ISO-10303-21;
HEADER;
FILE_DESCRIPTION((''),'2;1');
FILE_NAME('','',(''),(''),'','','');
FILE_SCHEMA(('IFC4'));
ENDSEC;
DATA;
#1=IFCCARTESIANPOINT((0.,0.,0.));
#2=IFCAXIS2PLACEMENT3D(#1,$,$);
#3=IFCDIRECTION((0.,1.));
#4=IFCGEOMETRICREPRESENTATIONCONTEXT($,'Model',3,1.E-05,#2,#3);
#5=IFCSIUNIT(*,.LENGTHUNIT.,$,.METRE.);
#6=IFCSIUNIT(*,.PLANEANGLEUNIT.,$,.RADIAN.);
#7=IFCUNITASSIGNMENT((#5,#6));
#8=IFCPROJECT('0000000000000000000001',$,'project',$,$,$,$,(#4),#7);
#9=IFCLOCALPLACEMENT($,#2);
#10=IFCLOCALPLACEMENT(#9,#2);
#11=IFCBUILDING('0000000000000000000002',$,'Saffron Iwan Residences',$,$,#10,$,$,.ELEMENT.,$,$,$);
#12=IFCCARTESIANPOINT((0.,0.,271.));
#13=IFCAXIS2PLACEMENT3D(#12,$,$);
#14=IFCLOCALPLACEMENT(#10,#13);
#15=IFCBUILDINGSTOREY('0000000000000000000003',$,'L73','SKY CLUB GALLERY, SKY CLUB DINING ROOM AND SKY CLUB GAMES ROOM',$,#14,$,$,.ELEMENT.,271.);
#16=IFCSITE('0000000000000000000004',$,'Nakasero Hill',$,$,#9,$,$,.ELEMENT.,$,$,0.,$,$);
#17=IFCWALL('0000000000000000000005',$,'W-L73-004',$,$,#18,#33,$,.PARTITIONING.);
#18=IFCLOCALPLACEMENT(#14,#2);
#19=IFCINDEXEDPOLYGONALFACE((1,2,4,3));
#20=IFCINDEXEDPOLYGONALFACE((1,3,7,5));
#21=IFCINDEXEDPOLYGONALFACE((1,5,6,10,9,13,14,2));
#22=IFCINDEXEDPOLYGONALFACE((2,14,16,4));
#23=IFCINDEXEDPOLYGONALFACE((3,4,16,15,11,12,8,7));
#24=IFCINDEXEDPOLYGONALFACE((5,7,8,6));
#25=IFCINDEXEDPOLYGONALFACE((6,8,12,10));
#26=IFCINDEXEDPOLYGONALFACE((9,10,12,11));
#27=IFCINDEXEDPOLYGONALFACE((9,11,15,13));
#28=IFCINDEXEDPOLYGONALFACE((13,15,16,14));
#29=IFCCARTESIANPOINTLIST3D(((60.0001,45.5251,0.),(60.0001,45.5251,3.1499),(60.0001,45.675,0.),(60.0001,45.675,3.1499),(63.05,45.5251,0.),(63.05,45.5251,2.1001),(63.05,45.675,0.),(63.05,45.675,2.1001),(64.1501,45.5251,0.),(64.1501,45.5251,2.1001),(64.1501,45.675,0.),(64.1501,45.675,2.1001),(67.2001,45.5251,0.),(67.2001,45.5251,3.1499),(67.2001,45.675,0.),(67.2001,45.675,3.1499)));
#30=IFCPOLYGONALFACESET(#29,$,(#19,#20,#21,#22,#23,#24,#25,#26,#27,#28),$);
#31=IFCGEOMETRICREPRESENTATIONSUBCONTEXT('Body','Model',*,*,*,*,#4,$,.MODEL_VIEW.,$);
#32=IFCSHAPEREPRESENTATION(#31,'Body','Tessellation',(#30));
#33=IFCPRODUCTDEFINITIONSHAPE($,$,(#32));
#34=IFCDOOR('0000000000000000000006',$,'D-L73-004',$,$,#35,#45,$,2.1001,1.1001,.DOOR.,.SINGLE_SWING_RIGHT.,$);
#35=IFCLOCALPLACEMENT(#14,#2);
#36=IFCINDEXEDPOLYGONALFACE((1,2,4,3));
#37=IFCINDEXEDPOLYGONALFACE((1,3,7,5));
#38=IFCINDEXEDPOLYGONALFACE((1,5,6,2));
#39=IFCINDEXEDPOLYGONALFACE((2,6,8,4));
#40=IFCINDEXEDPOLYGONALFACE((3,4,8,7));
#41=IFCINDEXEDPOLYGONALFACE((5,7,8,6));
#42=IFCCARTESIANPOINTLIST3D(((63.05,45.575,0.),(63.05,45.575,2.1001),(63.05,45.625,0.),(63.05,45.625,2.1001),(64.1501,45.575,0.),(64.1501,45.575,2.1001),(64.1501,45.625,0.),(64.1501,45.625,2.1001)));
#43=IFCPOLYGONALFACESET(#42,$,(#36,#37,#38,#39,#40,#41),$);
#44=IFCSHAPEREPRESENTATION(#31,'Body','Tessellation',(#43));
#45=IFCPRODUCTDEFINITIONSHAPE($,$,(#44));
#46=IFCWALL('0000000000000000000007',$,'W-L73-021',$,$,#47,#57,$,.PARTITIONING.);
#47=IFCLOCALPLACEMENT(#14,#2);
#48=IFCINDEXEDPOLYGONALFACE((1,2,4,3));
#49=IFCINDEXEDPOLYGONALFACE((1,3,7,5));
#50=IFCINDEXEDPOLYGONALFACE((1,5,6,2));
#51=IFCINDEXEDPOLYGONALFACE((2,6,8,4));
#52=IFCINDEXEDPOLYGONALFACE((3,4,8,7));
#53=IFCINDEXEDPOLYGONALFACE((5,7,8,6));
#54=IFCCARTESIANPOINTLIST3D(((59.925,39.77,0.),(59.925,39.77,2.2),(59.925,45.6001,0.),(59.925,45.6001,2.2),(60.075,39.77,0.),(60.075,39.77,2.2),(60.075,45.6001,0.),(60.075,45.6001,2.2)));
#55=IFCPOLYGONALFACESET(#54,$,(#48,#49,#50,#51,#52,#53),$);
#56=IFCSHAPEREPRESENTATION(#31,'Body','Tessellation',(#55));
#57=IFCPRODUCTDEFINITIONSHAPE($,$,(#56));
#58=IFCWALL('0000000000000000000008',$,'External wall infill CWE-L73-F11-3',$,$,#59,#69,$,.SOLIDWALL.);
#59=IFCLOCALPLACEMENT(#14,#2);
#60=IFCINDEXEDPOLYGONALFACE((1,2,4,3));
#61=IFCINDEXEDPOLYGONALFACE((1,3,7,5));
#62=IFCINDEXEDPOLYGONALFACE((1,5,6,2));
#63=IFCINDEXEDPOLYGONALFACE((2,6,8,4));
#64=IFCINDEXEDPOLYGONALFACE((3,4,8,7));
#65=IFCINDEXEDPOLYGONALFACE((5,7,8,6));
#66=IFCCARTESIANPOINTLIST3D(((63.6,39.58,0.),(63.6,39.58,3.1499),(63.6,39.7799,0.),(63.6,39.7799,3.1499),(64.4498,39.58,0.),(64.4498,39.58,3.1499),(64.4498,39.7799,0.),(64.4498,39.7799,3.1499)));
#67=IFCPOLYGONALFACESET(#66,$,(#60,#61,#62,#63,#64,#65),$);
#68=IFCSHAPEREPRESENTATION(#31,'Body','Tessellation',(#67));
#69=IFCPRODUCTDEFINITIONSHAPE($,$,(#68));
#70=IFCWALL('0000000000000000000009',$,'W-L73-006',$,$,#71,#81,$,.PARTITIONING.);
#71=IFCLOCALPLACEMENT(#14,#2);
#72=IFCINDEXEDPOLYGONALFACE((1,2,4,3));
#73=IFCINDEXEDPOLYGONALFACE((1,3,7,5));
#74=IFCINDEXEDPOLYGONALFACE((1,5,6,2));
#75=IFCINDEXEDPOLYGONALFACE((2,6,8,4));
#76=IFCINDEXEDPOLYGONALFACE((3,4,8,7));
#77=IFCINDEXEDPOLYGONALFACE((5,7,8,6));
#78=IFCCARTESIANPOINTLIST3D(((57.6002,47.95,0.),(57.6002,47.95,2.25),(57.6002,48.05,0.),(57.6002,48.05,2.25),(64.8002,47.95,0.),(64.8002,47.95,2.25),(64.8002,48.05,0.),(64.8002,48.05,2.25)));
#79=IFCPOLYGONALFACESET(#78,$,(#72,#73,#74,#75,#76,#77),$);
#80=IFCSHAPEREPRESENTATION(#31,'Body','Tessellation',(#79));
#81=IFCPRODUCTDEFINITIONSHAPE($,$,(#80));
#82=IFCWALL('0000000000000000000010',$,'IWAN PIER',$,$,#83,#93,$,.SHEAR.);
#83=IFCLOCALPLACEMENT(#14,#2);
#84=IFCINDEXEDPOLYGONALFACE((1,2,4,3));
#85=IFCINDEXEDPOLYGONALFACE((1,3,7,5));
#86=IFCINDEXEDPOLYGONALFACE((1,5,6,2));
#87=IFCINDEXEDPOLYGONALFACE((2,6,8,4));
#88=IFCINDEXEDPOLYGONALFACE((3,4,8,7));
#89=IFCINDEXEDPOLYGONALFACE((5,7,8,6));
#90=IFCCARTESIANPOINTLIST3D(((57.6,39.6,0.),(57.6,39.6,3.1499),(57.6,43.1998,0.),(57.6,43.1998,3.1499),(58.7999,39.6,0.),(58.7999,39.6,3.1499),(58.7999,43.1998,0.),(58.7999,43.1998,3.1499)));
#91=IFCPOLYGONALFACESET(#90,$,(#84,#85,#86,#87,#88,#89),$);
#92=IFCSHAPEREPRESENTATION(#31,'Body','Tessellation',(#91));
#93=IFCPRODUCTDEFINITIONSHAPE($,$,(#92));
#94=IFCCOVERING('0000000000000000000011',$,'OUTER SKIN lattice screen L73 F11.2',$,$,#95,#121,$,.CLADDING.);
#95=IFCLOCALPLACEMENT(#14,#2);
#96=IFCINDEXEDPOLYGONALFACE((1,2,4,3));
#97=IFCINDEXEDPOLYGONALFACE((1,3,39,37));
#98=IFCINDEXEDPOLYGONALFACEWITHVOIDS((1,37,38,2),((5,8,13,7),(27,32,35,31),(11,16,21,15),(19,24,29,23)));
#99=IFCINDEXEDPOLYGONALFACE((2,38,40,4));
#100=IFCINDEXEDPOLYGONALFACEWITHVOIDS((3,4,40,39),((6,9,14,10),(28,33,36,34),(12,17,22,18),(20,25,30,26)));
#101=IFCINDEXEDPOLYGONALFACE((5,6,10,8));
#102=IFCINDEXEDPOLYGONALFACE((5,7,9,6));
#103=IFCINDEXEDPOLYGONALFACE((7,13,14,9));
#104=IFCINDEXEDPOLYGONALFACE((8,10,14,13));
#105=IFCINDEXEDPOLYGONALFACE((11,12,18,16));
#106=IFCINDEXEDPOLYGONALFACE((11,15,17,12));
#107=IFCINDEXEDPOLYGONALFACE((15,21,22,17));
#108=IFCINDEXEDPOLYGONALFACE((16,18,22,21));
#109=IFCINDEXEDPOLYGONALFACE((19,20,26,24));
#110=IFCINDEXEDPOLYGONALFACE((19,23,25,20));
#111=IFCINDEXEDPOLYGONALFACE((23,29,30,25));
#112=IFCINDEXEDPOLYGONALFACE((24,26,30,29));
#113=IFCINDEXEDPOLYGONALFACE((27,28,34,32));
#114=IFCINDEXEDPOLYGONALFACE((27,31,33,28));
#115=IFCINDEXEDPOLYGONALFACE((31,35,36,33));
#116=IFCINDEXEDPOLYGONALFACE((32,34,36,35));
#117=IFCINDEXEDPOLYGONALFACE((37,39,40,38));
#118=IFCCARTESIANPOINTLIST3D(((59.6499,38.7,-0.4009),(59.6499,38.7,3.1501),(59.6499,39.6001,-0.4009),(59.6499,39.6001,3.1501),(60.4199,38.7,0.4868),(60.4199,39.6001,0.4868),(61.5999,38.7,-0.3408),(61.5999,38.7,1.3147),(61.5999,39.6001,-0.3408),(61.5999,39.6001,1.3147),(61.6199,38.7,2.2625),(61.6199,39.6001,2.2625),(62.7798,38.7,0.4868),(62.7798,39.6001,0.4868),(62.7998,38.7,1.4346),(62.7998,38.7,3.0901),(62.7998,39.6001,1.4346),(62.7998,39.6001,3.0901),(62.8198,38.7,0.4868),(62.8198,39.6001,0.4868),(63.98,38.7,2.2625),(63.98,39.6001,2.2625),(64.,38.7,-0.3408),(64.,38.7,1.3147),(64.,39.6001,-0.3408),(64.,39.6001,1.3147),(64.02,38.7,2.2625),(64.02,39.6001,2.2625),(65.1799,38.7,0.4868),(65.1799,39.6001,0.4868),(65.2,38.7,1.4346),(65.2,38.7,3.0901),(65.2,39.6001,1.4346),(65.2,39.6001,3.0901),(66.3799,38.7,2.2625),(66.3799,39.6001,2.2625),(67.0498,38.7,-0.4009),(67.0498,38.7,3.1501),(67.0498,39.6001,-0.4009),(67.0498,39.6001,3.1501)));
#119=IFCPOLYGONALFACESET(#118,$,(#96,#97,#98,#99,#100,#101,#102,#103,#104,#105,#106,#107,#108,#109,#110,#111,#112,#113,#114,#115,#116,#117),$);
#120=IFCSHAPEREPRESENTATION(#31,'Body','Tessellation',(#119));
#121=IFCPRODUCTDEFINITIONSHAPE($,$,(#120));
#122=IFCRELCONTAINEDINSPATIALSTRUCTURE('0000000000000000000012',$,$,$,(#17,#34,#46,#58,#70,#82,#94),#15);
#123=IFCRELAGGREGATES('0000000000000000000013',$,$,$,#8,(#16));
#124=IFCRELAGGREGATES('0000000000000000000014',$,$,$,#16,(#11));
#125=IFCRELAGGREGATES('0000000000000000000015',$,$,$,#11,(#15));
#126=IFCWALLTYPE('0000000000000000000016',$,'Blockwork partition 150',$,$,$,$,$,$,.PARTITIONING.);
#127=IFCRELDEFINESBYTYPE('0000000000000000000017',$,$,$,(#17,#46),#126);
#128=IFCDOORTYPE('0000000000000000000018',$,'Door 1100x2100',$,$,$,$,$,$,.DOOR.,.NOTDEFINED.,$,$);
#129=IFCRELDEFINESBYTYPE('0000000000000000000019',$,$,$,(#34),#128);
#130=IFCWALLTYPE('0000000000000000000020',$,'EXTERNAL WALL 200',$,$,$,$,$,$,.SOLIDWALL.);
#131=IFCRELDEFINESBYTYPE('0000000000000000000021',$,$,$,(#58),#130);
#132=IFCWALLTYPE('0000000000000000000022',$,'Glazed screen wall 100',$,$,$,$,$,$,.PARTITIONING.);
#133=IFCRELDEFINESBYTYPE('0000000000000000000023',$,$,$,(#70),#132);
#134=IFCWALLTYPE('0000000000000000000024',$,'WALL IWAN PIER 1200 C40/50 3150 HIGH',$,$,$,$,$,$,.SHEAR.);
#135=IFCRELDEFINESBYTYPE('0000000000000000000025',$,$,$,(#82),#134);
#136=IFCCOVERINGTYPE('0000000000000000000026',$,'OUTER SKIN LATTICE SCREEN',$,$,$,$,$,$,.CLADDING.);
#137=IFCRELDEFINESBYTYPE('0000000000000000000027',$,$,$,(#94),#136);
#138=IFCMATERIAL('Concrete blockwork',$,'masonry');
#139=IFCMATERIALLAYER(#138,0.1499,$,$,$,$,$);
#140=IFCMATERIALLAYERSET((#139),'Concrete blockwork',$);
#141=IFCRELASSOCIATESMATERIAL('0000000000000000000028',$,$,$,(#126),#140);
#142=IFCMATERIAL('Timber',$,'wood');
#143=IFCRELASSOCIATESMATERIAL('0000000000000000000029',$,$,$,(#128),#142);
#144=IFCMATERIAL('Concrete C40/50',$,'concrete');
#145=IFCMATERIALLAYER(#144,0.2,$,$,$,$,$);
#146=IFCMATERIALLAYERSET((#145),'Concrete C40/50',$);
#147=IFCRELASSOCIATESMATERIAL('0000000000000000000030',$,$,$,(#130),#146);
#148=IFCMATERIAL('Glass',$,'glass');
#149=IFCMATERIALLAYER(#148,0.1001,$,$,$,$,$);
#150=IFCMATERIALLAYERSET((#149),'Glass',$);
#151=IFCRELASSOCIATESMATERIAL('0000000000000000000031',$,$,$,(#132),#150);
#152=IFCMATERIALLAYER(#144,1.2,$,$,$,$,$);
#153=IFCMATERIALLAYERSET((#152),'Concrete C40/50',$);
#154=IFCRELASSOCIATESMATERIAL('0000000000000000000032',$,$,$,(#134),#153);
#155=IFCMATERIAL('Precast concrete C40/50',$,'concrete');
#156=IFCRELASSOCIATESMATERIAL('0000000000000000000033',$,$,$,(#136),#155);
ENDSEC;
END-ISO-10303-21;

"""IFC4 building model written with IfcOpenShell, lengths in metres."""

from ifc_helpers import new_model, si_unit, direction, frame, frame_2d, origin, place, context, subcontext, project, spatial, polyline, rectangle, outline, extrude, material, layer, layer_set, type_object, element, fill, save


model = new_model("IFC4")

# Units and contexts
model_context = context("Model", 3, precision=1e-05, world=origin(), true_north=direction((0.0, 1.0)))
body_context = subcontext(model_context, "Body", "Model", "MODEL_VIEW")
ifc_project = project(units=[si_unit("LENGTHUNIT", "METRE"), si_unit("PLANEANGLEUNIT", "RADIAN")], contexts=[model_context])

# Site, building, storey
site_placement = place(None, origin())
site = spatial("IfcSite", under=ifc_project, at=site_placement, Name="Nakasero Hill", CompositionType="ELEMENT", RefElevation=0.0)
building_placement = place(site_placement, origin())
building = spatial("IfcBuilding", under=site, at=building_placement, Name="Saffron Iwan Residences", CompositionType="ELEMENT")
storey_placement = place(building_placement, frame((0.0, 0.0, 271.0)))
storey = spatial("IfcBuildingStorey", under=building, at=storey_placement, Name="L73", Description="SKY CLUB GALLERY, SKY CLUB DINING ROOM AND SKY CLUB GAMES ROOM", CompositionType="ELEMENT", Elevation=271.0)

# Shared definitions
ifc_material_1 = material(Name="Concrete C40/50", Category="concrete")

# Wall, opening, door
ifc_material_2 = material(Name="Concrete blockwork", Category="masonry")
ifc_layer_1 = layer(ifc_material_2, 0.1499)
ifc_layer_set_1 = layer_set([ifc_layer_1], Name="Concrete blockwork")
wall_type_1 = type_object("IfcWallType", Name="Blockwork partition 150", PredefinedType="PARTITIONING", material=ifc_layer_set_1)
wall_1_placement = place(storey_placement, frame((60.0, 45.6001, 0.0), z_axis=(0.0, 0.0, 1.0), x_axis=(1.0, 0.0, 0.0)))
wall_1 = element("IfcWall", 1, at=wall_1_placement, inside=storey, type_object=wall_type_1, Name="W-L73-004", PredefinedType="PARTITIONING", context=body_context, shape_type="SweptSolid", body=[
    extrude(rectangle(XDim=7.2, YDim=0.1499, at=frame_2d((3.6001, 0.0))), origin(), (0.0, 0.0, 1.0), 3.1499),
])
opening_placement = place(wall_1_placement, frame((3.05, 0.0, 0.0)))
opening = element("IfcOpeningElement", 2, at=opening_placement, cuts=wall_1, PredefinedType="OPENING", context=body_context, shape_type="SweptSolid", body=[
    extrude(rectangle(XDim=1.1001, YDim=2.1001, at=frame_2d((0.55, 1.05))), frame((0.0, 0.085, 0.0), z_axis=(0.0, -1.0, 0.0), x_axis=(1.0, 0.0, 0.0)), (0.0, 0.0, 1.0), 0.1699),
])
ifc_material_3 = material(Name="Timber", Category="wood")
door_type = type_object("IfcDoorType", Name="Door 1100x2100", OperationType="NOTDEFINED", PredefinedType="DOOR", material=ifc_material_3)
door_placement = place(opening_placement, origin())
door = element("IfcDoor", 3, at=door_placement, inside=storey, type_object=door_type, Name="D-L73-004", OperationType="SINGLE_SWING_RIGHT", OverallHeight=2.1001, OverallWidth=1.1001, PredefinedType="DOOR", context=body_context, shape_type="SweptSolid", body=[
    extrude(rectangle(XDim=1.1001, YDim=2.1001, at=frame_2d((0.55, 1.05))), frame((0.0, 0.0249, 0.0), z_axis=(0.0, -1.0, 0.0), x_axis=(1.0, 0.0, 0.0)), (0.0, 0.0, 1.0), 0.05),
])
fill(opening, door)

# Walls
wall_2_placement = place(storey_placement, frame((60.0, 39.77, 0.0), z_axis=(0.0, 0.0, 1.0), x_axis=(0.0, 1.0, 0.0)))
element("IfcWall", 4, at=wall_2_placement, inside=storey, type_object=wall_type_1, Name="W-L73-021", PredefinedType="PARTITIONING", context=body_context, shape_type="SweptSolid", body=[
    extrude(rectangle(XDim=5.8301, YDim=0.1499, at=frame_2d((2.915, 0.0))), origin(), (0.0, 0.0, 1.0), 2.2),
])
ifc_layer_2 = layer(ifc_material_1, 0.2)
ifc_layer_set_2 = layer_set([ifc_layer_2], Name="Concrete C40/50")
wall_type_2 = type_object("IfcWallType", Name="EXTERNAL WALL 200", PredefinedType="SOLIDWALL", material=ifc_layer_set_2)
wall_3_placement = place(storey_placement, frame((63.6001, 39.6799, 0.0), z_axis=(0.0, 0.0, 1.0), x_axis=(1.0, 0.0, 0.0)))
element("IfcWall", 5, at=wall_3_placement, inside=storey, type_object=wall_type_2, Name="External wall infill CWE-L73-F11-3", PredefinedType="SOLIDWALL", context=body_context, shape_type="SweptSolid", body=[
    extrude(rectangle(XDim=0.8499, YDim=0.2, at=frame_2d((0.4248, 0.0))), origin(), (0.0, 0.0, 1.0), 3.1499),
])
ifc_material_4 = material(Name="Glass", Category="glass")
ifc_layer_3 = layer(ifc_material_4, 0.1001)
ifc_layer_set_3 = layer_set([ifc_layer_3], Name="Glass")
wall_type_3 = type_object("IfcWallType", Name="Glazed screen wall 100", PredefinedType="PARTITIONING", material=ifc_layer_set_3)
wall_4_placement = place(storey_placement, frame((57.6001, 48.0, 0.0), z_axis=(0.0, 0.0, 1.0), x_axis=(1.0, 0.0, 0.0)))
element("IfcWall", 6, at=wall_4_placement, inside=storey, type_object=wall_type_3, Name="W-L73-006", PredefinedType="PARTITIONING", context=body_context, shape_type="SweptSolid", body=[
    extrude(rectangle(XDim=7.2, YDim=0.1001, at=frame_2d((3.6001, 0.0))), origin(), (0.0, 0.0, 1.0), 2.25),
])
ifc_layer_4 = layer(ifc_material_1, 1.2)
ifc_layer_set_4 = layer_set([ifc_layer_4], Name="Concrete C40/50")
wall_type_4 = type_object("IfcWallType", Name="WALL IWAN PIER 1200 C40/50 3150 HIGH", PredefinedType="SHEAR", material=ifc_layer_set_4)
wall_5_placement = place(storey_placement, frame((58.2, 39.6001, 0.0), z_axis=(0.0, 0.0, 1.0), x_axis=(0.0, 1.0, 0.0)))
element("IfcWall", 7, at=wall_5_placement, inside=storey, type_object=wall_type_4, Name="IWAN PIER", PredefinedType="SHEAR", context=body_context, shape_type="SweptSolid", body=[
    extrude(rectangle(XDim=3.5999, YDim=1.2, at=frame_2d((1.7998, 0.0))), origin(), (0.0, 0.0, 1.0), 3.1499),
])

# Covering
ifc_material_5 = material(Name="Precast concrete C40/50", Category="concrete")
covering_type = type_object("IfcCoveringType", Name="OUTER SKIN LATTICE SCREEN", PredefinedType="CLADDING", material=ifc_material_5)
covering_placement = place(storey_placement, frame((59.6499, 39.6001, -0.4009), z_axis=(0.0, -1.0, 0.0), x_axis=(1.0, 0.0, 0.0)))
element("IfcCovering", 8, at=covering_placement, inside=storey, type_object=covering_type, Name="OUTER SKIN lattice screen L73 F11.2", PredefinedType="CLADDING", context=body_context, shape_type="SweptSolid", body=[
    extrude(outline(polyline([(0.0, 0.0), (7.3999, 0.0), (7.3999, 3.551), (0.0, 3.551), (0.0, 0.0)]), holes=[polyline([(0.77, 0.8877), (1.95, 0.0601), (3.1299, 0.8877), (1.95, 1.7156), (0.77, 0.8877)]), polyline([(3.1699, 0.8877), (4.3501, 0.0601), (5.53, 0.8877), (4.3501, 1.7156), (3.1699, 0.8877)]), polyline([(1.97, 2.6633), (3.1499, 1.8354), (4.3301, 2.6633), (3.1499, 3.491), (1.97, 2.6633)]), polyline([(4.3701, 2.6633), (5.55, 1.8354), (6.73, 2.6633), (5.55, 3.491), (4.3701, 2.6633)])]), origin(), (0.0, 0.0, 1.0), 0.9001),
])

save(model, "model.ifc")
